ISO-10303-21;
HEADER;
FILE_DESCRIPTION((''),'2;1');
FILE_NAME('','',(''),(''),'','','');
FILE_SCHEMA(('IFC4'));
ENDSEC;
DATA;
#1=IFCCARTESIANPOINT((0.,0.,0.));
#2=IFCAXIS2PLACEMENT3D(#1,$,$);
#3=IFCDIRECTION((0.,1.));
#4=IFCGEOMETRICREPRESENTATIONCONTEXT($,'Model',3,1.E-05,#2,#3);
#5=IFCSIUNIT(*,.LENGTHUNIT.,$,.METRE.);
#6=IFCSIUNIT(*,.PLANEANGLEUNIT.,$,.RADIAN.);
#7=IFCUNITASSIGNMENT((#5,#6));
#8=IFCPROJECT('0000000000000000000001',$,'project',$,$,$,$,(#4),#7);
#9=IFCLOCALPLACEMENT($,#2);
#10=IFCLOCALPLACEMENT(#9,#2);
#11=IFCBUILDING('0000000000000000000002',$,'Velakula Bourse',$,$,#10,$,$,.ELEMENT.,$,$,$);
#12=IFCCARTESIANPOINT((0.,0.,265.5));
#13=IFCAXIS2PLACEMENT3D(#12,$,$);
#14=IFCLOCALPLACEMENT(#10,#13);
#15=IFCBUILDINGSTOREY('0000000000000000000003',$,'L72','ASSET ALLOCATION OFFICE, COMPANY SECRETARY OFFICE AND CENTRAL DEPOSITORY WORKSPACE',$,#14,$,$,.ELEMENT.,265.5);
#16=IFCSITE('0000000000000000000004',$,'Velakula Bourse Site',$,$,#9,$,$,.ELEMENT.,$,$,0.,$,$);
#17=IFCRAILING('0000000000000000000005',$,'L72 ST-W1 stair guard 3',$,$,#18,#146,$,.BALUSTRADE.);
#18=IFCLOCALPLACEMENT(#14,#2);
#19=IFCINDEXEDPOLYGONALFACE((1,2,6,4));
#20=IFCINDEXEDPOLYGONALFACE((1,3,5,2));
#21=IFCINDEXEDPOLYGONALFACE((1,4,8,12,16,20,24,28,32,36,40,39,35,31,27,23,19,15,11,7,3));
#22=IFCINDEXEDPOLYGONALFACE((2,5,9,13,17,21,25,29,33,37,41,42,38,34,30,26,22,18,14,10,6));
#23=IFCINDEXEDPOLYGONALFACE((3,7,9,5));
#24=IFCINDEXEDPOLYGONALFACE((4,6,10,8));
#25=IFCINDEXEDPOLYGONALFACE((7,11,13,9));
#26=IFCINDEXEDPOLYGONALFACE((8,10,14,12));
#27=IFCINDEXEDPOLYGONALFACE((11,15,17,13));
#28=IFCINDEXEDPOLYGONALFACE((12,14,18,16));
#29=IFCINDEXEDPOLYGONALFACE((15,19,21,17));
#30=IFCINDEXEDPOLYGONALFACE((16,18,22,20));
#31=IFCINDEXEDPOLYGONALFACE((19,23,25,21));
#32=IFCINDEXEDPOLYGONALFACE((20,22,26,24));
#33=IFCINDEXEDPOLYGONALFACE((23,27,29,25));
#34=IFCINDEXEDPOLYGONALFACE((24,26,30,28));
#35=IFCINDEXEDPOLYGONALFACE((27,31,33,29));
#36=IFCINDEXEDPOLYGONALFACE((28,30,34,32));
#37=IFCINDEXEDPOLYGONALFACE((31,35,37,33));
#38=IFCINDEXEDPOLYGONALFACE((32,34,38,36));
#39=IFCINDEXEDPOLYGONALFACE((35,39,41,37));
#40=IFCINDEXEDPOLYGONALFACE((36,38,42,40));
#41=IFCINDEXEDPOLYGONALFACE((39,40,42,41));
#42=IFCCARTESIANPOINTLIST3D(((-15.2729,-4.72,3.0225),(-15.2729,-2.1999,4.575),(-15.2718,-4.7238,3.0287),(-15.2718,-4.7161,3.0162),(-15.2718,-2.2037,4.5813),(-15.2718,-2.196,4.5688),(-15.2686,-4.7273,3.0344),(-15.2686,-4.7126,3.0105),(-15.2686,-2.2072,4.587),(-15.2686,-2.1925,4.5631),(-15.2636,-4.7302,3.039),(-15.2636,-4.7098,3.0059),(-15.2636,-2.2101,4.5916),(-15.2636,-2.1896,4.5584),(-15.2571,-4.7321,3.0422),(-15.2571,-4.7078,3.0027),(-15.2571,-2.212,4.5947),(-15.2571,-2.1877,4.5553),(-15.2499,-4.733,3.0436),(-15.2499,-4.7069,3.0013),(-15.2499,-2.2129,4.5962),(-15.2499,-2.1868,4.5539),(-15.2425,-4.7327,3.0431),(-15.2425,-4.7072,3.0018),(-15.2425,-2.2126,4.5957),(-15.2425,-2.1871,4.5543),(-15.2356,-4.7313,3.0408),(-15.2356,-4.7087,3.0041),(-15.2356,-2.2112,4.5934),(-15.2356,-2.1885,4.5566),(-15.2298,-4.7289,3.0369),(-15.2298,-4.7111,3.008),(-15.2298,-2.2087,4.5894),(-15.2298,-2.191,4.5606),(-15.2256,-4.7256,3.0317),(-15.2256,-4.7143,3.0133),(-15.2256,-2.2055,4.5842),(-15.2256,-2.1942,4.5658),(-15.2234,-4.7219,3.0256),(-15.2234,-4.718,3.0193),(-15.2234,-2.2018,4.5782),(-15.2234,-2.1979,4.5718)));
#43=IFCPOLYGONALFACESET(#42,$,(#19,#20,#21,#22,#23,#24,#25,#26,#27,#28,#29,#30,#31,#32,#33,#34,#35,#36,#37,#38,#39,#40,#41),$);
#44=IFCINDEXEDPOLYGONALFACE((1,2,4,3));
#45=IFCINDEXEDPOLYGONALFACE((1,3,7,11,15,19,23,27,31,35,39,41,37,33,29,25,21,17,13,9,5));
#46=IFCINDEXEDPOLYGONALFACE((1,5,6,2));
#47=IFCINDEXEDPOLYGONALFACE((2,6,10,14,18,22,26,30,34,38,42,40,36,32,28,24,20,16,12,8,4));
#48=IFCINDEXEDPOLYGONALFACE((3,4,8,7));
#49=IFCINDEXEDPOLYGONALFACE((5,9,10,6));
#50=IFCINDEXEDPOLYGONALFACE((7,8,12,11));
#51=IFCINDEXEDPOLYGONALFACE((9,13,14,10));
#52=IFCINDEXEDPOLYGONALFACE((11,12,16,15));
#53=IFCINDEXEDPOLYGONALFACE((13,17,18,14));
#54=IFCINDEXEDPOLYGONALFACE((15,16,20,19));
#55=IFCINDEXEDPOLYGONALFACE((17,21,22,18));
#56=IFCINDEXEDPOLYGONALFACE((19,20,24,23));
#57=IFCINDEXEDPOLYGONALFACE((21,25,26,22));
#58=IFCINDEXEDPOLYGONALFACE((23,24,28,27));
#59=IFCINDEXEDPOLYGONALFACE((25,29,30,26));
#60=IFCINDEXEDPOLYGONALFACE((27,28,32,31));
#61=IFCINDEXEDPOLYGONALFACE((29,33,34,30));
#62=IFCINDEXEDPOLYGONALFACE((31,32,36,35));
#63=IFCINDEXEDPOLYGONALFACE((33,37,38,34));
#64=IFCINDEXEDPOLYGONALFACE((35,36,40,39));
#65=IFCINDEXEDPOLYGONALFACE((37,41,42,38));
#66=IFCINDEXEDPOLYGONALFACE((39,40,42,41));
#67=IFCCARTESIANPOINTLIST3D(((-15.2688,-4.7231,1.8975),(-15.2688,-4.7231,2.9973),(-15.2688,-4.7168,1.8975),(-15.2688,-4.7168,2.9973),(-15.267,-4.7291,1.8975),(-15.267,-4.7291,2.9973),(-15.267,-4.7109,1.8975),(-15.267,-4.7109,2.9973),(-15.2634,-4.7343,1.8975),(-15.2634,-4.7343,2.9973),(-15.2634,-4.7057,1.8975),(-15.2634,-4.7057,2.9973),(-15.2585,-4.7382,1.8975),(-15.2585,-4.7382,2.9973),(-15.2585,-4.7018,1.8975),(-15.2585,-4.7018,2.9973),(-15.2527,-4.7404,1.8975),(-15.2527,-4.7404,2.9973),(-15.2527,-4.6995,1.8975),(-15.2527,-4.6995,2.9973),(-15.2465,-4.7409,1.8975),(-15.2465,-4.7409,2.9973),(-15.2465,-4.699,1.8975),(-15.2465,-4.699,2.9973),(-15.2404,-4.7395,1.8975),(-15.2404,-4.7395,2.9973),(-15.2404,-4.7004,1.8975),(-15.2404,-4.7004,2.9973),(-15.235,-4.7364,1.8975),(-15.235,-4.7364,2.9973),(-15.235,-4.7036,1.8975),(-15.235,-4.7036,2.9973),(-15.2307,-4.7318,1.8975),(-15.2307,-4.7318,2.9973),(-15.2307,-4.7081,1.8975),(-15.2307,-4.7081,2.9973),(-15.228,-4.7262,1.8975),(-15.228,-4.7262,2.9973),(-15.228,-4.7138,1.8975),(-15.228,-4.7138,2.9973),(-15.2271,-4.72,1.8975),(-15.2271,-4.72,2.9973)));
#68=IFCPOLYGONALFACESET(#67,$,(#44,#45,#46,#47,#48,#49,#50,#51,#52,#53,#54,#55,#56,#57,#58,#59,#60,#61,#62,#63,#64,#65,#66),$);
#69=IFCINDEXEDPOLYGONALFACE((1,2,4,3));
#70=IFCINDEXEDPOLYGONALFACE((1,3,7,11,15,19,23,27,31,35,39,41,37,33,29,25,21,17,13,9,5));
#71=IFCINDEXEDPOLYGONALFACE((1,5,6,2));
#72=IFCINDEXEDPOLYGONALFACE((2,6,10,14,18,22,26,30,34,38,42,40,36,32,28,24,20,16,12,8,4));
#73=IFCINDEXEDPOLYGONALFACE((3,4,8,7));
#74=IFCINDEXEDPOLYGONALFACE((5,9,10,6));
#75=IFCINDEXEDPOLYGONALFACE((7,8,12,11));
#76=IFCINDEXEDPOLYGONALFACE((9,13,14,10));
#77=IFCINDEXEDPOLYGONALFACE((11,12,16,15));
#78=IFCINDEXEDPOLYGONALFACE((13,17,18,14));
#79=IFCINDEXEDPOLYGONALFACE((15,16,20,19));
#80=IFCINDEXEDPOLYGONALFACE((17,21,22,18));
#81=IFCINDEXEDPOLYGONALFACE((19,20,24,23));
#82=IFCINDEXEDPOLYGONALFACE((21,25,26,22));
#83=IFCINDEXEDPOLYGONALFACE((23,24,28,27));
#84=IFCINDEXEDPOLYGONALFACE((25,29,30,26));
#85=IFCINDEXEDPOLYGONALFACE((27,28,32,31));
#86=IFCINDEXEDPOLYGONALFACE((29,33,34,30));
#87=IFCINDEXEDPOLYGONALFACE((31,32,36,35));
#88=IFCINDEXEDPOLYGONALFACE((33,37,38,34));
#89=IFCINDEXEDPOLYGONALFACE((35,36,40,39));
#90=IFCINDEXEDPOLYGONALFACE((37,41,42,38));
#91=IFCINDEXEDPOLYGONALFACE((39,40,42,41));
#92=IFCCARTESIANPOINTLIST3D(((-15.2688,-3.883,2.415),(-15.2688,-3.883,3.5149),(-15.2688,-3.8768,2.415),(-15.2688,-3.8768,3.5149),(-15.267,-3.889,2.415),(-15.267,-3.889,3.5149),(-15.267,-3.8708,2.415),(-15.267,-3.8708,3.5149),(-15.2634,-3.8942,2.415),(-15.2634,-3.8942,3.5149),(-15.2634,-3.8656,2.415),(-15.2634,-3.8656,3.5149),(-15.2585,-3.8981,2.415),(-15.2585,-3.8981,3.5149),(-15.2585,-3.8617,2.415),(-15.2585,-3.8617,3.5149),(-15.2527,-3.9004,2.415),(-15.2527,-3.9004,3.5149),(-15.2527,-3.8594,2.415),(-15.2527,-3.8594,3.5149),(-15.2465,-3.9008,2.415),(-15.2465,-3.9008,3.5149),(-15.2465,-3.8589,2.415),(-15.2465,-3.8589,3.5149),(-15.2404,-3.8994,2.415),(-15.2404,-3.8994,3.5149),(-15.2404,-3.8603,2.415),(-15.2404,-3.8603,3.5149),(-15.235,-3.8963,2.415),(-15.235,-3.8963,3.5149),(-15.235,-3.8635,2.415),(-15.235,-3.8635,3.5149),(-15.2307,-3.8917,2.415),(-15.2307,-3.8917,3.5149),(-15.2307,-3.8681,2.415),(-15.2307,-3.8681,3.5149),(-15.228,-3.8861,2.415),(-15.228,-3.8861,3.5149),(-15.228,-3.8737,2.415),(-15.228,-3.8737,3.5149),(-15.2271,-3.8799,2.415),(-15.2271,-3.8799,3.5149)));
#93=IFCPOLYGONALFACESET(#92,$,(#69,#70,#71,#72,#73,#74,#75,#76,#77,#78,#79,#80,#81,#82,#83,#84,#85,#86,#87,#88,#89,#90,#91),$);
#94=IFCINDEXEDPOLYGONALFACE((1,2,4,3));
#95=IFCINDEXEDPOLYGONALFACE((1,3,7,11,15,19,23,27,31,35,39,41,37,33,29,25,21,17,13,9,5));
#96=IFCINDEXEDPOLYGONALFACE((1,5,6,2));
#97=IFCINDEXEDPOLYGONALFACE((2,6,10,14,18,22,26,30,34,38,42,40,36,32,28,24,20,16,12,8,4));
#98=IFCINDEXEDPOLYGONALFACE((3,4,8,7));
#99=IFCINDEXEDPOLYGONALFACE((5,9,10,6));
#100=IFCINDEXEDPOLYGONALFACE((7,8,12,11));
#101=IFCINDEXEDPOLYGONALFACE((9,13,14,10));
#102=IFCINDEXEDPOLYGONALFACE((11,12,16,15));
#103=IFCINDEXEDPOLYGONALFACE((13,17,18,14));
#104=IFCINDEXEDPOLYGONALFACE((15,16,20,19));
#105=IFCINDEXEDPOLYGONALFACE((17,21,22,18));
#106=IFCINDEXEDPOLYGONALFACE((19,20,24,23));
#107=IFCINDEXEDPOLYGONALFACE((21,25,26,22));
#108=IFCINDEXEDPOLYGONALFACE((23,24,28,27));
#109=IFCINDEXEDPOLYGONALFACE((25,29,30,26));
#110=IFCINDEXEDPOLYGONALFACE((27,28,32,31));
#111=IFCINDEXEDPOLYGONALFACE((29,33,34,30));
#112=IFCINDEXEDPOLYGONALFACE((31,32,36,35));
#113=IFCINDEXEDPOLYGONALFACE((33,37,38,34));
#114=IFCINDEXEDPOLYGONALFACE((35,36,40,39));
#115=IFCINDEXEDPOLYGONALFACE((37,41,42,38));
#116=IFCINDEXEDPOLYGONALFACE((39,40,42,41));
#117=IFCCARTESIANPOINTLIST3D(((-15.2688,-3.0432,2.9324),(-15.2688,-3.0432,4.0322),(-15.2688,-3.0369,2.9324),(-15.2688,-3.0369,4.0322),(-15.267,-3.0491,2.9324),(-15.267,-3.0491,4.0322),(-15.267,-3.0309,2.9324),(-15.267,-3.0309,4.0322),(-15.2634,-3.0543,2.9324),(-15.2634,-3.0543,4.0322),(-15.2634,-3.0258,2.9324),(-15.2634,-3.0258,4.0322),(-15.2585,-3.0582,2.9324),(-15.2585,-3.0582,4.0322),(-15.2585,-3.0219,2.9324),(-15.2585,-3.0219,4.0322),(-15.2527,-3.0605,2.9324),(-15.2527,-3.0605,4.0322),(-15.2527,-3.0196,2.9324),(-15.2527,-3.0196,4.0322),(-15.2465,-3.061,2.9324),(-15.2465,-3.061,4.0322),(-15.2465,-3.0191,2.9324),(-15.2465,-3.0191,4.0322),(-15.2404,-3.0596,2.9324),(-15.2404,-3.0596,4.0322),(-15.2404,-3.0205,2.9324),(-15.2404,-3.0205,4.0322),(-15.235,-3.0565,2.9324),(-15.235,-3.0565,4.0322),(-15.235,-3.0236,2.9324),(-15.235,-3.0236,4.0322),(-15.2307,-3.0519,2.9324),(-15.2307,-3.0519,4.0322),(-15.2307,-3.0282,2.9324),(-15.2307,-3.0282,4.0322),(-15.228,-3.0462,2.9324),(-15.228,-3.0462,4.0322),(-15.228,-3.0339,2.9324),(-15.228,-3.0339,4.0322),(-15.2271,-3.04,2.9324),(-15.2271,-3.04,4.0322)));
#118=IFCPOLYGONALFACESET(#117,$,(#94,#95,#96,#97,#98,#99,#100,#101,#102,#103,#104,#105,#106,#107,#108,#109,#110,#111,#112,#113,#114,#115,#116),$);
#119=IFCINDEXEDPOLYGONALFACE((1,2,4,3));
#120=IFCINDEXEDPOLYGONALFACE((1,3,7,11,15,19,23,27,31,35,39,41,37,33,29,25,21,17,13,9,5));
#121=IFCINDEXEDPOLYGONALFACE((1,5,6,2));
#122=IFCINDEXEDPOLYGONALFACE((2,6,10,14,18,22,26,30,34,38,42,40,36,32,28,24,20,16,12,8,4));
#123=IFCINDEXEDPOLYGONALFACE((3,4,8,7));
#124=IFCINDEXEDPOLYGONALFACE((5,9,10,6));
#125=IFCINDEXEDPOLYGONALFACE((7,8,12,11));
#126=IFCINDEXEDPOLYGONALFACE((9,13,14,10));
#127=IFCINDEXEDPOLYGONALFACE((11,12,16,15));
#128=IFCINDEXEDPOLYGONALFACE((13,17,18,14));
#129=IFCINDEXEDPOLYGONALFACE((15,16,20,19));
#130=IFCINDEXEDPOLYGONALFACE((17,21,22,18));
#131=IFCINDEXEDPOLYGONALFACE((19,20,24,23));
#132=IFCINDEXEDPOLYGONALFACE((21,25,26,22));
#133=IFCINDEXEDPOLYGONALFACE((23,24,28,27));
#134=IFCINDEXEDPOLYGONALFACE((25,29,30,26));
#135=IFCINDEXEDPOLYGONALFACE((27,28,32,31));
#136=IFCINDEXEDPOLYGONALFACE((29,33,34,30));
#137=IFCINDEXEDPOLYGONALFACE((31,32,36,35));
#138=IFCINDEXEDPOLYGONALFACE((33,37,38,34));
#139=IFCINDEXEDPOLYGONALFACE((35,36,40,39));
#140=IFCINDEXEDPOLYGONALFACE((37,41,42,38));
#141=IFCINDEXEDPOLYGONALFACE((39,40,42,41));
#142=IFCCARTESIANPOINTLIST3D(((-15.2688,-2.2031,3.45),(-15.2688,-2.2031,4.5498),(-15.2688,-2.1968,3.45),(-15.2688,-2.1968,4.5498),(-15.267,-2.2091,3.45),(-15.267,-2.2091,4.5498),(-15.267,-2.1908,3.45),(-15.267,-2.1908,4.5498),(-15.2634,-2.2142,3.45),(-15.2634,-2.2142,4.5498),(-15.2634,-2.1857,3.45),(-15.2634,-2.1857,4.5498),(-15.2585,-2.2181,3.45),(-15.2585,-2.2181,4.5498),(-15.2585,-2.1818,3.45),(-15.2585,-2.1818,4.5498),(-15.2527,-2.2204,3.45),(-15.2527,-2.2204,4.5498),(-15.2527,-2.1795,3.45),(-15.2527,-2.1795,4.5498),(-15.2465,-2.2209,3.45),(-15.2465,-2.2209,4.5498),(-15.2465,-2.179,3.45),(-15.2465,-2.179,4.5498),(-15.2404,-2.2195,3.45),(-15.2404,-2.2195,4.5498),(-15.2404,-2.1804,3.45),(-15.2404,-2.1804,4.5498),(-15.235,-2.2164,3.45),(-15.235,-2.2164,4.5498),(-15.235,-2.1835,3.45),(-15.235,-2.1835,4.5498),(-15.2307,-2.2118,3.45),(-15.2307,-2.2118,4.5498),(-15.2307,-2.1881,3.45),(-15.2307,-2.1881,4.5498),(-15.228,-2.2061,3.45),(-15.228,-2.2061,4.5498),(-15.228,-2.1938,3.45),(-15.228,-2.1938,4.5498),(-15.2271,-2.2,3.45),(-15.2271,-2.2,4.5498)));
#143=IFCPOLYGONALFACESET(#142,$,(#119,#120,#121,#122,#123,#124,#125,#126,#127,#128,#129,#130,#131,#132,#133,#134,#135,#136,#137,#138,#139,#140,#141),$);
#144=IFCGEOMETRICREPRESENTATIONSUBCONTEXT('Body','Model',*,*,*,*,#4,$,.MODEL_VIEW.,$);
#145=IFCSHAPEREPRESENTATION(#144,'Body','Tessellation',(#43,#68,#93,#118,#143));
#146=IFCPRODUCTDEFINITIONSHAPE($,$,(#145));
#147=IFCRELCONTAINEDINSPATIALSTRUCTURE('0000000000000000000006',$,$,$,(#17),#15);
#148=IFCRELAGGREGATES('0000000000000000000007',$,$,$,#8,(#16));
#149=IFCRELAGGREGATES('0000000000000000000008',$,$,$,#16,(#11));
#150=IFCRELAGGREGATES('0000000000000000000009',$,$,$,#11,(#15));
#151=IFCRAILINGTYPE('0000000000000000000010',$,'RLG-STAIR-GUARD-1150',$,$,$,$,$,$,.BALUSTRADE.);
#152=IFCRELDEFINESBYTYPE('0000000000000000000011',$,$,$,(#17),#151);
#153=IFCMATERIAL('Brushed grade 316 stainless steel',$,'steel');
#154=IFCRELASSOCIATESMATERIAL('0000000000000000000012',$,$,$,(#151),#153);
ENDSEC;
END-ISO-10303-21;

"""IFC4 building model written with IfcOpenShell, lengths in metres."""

from ifc_helpers import new_model, si_unit, direction, frame, origin, origin_2d, place, context, subcontext, project, spatial, circle, extrude, material, type_object, element, save


model = new_model("IFC4")

# Units and contexts
model_context = context("Model", 3, precision=1e-05, world=origin(), true_north=direction((0.0, 1.0)))
body_context = subcontext(model_context, "Body", "Model", "MODEL_VIEW")
ifc_project = project(units=[si_unit("LENGTHUNIT", "METRE"), si_unit("PLANEANGLEUNIT", "RADIAN")], contexts=[model_context])

# Site, building, storey
site_placement = place(None, origin())
site = spatial("IfcSite", under=ifc_project, at=site_placement, Name="Velakula Bourse Site", CompositionType="ELEMENT", RefElevation=0.0)
building_placement = place(site_placement, origin())
building = spatial("IfcBuilding", under=site, at=building_placement, Name="Velakula Bourse", CompositionType="ELEMENT")
storey_placement = place(building_placement, frame((0.0, 0.0, 265.5)))
storey = spatial("IfcBuildingStorey", under=building, at=storey_placement, Name="L72", Description="ASSET ALLOCATION OFFICE, COMPANY SECRETARY OFFICE AND CENTRAL DEPOSITORY WORKSPACE", CompositionType="ELEMENT", Elevation=265.5)

# Shared definitions
ifc_material_1 = material(Name="Brushed grade 316 stainless steel", Category="steel")

# Railing
railing_type_1 = type_object("IfcRailingType", Name="RLG-STAIR-GUARD-1150", PredefinedType="BALUSTRADE", material=ifc_material_1)
railing_1_placement = place(storey_placement, frame((-15.248, -4.72, 1.8975)))
element("IfcRailing", 1, at=railing_1_placement, inside=storey, type_object=railing_type_1, Name="L72 ST-W1 stair guard 3", PredefinedType="BALUSTRADE", context=body_context, shape_type="SweptSolid", body=[
    extrude(circle(Radius=0.0249, at=origin_2d()), frame((0.0, 0.0, 1.125), z_axis=(0.0, 0.8514, 0.524516), x_axis=(-1.0, 0.0, 0.0)), (0.0, 0.0, 1.0), 2.96),
    extrude(circle(Radius=0.021, at=origin_2d()), origin(), (0.0, 0.0, 1.0), 1.0999),
    extrude(circle(Radius=0.021, at=origin_2d()), frame((0.0, 0.8401, 0.5176)), (0.0, 0.0, 1.0), 1.0999),
    extrude(circle(Radius=0.021, at=origin_2d()), frame((0.0, 1.6799, 1.0349)), (0.0, 0.0, 1.0), 1.0999),
    extrude(circle(Radius=0.021, at=origin_2d()), frame((0.0, 2.52, 1.5525)), (0.0, 0.0, 1.0), 1.0999),
])

save(model, "model.ifc")
